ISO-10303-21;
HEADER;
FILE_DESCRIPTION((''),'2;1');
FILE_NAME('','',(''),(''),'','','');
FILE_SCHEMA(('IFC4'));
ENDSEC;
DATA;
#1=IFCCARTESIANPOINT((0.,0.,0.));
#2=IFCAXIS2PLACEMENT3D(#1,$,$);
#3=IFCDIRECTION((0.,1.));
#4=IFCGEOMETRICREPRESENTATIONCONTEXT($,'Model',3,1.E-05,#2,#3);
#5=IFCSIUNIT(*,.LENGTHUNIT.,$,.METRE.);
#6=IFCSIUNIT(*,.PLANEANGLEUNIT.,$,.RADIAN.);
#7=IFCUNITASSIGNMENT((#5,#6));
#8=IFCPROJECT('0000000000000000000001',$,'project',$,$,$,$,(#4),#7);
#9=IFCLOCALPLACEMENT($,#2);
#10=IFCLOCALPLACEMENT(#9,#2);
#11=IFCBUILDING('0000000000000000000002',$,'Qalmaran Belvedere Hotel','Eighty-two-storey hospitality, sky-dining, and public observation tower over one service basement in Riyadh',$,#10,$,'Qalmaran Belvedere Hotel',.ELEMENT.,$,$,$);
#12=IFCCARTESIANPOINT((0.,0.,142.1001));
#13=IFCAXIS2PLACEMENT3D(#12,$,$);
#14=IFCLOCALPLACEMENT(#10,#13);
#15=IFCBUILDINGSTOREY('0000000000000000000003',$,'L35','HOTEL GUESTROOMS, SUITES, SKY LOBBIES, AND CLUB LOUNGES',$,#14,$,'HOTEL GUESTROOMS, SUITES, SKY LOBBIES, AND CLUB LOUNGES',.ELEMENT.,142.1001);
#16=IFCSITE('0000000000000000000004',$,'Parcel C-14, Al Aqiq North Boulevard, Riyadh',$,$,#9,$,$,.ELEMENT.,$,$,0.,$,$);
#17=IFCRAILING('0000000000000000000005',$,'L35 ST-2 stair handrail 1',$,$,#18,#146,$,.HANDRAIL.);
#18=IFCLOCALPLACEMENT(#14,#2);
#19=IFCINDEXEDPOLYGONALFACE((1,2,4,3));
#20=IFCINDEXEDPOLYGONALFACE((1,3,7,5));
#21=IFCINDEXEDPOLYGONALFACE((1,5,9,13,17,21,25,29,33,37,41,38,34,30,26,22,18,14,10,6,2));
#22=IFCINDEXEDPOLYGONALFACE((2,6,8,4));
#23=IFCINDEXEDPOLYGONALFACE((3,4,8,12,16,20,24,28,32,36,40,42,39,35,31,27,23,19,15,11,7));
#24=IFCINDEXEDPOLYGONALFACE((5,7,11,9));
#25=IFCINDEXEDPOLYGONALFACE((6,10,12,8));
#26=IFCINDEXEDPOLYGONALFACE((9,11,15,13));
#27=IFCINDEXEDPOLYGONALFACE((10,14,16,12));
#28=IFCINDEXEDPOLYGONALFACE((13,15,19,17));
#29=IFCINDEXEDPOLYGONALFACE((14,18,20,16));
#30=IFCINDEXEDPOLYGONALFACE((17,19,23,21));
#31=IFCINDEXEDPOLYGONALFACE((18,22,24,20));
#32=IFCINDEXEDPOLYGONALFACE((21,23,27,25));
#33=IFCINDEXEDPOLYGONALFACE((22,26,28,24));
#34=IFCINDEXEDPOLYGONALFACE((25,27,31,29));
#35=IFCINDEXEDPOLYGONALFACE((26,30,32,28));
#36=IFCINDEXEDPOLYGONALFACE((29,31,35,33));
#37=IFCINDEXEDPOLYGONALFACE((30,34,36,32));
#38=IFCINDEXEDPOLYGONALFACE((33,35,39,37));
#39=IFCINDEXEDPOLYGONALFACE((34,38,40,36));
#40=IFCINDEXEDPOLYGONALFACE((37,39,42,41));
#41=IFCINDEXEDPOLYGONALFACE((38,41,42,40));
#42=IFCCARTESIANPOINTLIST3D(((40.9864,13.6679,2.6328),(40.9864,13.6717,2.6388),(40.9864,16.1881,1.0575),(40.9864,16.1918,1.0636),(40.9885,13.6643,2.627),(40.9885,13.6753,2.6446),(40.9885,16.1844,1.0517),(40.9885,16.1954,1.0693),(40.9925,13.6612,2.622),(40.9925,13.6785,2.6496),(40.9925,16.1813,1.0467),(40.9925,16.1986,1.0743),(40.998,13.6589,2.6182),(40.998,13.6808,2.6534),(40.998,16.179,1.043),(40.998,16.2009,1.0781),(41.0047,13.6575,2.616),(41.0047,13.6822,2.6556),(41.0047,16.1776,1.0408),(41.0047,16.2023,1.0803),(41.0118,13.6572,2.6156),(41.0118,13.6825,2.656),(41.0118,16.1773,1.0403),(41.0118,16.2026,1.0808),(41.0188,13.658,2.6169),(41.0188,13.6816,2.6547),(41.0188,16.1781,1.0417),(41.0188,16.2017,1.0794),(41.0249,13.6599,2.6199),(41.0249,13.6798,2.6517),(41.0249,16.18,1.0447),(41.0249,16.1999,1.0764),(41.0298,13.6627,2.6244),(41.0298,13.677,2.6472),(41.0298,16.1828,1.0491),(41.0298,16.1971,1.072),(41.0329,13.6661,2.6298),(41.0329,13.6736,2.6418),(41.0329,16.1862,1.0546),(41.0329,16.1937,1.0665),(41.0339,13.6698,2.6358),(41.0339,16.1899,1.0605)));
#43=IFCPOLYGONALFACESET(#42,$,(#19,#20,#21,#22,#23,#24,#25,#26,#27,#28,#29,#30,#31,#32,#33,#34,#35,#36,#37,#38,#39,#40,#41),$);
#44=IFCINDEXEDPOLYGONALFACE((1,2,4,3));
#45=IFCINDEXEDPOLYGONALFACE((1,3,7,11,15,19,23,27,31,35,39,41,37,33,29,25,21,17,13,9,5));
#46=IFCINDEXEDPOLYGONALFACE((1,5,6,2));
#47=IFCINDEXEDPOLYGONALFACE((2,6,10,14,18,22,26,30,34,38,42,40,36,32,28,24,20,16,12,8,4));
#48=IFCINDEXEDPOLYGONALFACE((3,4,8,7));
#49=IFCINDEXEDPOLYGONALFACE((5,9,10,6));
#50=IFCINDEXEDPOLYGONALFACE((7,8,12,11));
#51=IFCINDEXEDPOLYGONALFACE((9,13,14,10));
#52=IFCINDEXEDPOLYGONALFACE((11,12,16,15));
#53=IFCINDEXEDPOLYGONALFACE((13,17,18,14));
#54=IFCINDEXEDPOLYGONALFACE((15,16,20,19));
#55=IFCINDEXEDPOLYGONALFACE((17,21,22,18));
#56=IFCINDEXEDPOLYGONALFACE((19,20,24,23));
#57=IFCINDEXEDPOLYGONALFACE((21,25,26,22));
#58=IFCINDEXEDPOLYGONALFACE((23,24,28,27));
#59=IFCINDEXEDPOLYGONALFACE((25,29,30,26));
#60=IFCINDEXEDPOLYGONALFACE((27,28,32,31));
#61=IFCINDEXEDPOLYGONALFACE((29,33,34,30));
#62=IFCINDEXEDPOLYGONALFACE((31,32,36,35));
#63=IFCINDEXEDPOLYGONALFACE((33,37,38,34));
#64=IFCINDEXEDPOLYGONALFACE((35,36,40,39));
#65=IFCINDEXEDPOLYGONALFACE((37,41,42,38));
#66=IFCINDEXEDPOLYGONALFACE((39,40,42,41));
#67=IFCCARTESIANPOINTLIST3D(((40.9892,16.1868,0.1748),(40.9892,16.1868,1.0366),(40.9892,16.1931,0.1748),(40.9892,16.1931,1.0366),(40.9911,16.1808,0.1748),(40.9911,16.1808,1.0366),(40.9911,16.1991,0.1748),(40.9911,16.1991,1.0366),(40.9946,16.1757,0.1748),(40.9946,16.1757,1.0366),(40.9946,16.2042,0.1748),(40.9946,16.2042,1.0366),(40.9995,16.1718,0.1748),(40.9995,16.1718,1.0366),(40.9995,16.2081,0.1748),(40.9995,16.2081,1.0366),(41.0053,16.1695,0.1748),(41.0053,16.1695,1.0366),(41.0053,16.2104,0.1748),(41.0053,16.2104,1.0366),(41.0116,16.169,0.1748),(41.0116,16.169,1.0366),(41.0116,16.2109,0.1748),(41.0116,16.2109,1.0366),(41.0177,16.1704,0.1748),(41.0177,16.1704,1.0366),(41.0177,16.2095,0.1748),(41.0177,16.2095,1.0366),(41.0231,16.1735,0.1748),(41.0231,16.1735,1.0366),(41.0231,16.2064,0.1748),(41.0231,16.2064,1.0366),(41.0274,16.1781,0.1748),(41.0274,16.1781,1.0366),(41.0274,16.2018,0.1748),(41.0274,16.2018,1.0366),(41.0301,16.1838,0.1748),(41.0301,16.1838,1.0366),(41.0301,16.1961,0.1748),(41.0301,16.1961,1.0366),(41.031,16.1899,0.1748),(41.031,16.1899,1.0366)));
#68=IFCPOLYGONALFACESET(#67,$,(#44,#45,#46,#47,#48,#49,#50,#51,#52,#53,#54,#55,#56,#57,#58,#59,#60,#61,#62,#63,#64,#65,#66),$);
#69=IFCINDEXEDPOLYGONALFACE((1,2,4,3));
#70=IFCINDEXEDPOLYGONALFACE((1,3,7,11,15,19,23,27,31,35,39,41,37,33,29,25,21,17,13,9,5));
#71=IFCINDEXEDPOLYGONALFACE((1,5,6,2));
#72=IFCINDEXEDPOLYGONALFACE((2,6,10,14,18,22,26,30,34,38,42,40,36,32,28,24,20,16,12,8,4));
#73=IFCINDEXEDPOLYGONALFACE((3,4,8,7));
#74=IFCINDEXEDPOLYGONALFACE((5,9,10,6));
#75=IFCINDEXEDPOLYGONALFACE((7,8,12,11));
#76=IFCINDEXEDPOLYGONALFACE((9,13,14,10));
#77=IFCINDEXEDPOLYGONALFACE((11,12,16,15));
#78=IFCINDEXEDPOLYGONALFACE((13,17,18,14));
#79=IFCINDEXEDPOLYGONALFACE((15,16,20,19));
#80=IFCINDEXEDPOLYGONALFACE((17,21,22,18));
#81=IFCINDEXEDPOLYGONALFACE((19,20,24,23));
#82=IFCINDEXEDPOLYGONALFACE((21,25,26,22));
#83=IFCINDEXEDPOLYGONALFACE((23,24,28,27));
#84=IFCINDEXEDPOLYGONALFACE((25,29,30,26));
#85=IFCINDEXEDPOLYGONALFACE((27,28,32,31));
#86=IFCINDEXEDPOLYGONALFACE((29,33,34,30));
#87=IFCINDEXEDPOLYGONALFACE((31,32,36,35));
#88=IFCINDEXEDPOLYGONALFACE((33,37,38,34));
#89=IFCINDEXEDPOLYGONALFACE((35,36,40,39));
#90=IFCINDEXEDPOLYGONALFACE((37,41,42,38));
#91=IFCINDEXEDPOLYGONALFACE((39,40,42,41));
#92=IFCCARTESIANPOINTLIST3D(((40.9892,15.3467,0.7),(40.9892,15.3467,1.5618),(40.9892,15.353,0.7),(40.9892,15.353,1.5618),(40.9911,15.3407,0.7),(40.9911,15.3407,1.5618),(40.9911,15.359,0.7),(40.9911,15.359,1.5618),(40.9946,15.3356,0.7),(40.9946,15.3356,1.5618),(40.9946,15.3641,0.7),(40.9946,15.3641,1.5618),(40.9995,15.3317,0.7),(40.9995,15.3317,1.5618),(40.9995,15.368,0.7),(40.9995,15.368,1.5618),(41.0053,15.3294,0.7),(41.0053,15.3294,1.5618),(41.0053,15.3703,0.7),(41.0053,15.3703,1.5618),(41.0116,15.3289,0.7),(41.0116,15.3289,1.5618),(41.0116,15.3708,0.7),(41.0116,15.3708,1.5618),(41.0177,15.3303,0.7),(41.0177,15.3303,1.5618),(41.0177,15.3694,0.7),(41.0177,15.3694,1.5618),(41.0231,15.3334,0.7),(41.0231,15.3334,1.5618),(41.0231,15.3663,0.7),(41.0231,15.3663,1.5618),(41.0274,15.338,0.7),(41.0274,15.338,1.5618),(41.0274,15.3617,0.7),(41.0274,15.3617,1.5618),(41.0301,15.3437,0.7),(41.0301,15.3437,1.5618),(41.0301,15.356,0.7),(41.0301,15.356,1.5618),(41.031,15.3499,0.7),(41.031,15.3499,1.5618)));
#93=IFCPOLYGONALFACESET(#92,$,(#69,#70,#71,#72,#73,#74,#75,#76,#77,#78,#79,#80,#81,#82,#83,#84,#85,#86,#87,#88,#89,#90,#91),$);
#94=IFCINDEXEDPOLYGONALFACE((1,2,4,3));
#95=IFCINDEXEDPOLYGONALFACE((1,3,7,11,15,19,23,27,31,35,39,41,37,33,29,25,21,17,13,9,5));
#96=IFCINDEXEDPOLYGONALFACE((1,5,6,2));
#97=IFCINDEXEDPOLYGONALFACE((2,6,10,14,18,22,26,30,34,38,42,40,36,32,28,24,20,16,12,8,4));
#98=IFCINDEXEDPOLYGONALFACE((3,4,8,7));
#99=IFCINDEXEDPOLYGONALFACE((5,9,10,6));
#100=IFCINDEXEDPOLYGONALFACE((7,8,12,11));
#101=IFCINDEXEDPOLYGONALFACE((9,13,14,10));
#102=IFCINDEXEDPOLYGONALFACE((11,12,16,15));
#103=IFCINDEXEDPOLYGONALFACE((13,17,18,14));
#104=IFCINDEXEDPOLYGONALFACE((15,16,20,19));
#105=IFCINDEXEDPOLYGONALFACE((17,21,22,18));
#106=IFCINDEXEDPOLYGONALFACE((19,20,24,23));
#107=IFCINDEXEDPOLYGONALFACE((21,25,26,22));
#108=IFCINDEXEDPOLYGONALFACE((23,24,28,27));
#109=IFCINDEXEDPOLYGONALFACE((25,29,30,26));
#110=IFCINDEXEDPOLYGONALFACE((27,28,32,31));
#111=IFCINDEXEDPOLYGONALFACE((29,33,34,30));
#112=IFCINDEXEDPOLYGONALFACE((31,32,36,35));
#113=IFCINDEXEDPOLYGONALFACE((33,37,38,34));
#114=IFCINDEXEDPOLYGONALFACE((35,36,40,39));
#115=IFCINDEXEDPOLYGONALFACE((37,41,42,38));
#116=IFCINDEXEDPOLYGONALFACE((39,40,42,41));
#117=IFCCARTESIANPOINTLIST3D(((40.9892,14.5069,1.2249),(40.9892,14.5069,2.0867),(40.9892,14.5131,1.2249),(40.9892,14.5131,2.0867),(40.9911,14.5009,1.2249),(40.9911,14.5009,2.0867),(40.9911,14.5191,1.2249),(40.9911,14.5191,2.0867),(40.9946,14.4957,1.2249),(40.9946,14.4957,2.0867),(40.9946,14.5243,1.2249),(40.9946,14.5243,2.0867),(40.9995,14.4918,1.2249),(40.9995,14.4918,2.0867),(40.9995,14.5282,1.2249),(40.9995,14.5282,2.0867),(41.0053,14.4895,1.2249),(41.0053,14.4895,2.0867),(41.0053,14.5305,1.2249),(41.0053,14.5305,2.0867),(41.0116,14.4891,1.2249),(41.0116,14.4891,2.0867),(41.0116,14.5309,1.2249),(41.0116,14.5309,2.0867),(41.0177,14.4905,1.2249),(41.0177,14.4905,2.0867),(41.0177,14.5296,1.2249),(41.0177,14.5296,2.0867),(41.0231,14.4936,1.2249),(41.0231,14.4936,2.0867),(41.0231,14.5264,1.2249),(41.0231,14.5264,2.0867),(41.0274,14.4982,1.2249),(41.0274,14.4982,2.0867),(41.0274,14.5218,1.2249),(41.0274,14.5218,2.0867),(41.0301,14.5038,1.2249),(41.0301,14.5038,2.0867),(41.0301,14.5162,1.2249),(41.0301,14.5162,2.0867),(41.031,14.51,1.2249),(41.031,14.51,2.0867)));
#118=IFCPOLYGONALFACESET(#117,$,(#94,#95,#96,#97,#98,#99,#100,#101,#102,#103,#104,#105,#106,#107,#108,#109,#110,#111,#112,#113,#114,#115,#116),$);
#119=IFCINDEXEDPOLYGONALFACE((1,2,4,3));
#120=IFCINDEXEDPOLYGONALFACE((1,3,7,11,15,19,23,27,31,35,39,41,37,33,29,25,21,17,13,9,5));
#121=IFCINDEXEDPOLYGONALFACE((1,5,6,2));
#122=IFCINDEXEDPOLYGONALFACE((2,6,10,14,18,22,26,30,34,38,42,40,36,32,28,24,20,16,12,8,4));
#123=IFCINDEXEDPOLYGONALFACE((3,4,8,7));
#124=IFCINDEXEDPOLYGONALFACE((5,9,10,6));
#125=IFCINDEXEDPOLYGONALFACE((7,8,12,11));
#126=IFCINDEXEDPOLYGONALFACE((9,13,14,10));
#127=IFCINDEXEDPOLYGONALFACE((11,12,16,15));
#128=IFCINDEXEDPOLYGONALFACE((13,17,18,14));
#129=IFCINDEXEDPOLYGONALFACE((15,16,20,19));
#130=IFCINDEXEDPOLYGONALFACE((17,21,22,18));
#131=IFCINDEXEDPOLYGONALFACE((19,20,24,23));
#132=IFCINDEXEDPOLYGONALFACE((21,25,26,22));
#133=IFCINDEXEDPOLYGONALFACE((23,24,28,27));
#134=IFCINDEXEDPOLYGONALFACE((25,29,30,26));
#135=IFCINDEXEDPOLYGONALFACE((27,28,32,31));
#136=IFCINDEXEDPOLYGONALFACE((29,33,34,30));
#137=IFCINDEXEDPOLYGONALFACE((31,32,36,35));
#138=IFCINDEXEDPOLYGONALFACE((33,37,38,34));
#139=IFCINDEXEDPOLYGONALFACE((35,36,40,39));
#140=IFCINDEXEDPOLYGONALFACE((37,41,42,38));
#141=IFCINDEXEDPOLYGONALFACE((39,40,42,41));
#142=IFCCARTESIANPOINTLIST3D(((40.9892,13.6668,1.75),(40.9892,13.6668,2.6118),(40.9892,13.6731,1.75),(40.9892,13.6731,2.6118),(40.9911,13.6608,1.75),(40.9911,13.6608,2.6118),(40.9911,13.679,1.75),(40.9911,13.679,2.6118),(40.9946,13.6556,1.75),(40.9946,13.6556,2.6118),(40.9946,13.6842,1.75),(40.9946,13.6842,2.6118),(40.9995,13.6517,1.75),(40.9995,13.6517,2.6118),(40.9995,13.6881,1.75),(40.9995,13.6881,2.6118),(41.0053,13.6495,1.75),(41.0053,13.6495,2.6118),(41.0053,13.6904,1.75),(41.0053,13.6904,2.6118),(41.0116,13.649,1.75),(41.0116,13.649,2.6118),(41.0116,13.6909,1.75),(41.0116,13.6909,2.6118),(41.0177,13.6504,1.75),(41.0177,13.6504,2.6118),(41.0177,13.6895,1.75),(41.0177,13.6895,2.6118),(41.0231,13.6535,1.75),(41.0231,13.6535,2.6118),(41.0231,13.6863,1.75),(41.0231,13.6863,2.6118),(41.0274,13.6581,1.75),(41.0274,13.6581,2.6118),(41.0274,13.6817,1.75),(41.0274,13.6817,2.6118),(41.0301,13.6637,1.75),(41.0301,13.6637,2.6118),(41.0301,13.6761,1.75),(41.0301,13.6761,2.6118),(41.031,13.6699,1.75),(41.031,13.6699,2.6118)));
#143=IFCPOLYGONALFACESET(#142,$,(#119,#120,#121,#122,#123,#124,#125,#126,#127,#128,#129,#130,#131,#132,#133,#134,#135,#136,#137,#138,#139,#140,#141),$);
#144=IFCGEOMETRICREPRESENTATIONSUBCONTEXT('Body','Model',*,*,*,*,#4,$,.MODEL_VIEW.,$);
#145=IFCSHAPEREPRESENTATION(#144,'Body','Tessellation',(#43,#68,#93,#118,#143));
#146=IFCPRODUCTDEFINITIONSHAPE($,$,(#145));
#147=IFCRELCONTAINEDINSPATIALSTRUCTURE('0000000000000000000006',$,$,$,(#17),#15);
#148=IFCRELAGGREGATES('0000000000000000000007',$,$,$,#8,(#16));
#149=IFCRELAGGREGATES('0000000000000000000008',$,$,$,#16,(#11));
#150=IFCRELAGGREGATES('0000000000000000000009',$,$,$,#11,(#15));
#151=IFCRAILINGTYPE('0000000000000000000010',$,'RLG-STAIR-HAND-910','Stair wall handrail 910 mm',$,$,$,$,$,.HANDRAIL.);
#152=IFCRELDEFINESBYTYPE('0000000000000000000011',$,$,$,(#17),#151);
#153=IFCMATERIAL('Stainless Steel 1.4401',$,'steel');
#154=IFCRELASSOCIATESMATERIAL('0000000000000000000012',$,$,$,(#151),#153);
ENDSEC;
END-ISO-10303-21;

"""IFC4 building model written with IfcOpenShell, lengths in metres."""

from ifc_helpers import new_model, si_unit, direction, frame, origin, origin_2d, place, context, subcontext, project, spatial, circle, extrude, material, type_object, element, save


model = new_model("IFC4")

# Units and contexts
model_context = context("Model", 3, precision=1e-05, world=origin(), true_north=direction((0.0, 1.0)))
body_context = subcontext(model_context, "Body", "Model", "MODEL_VIEW")
ifc_project = project(units=[si_unit("LENGTHUNIT", "METRE"), si_unit("PLANEANGLEUNIT", "RADIAN")], contexts=[model_context])

# Site, building, storey
site_placement = place(None, origin())
site = spatial("IfcSite", under=ifc_project, at=site_placement, Name="Parcel C-14, Al Aqiq North Boulevard, Riyadh", CompositionType="ELEMENT", RefElevation=0.0)
building_placement = place(site_placement, origin())
building = spatial("IfcBuilding", under=site, at=building_placement, Name="Qalmaran Belvedere Hotel", Description="Eighty-two-storey hospitality, sky-dining, and public observation tower over one service basement in Riyadh", LongName="Qalmaran Belvedere Hotel", CompositionType="ELEMENT")
storey_placement = place(building_placement, frame((0.0, 0.0, 142.1001)))
storey = spatial("IfcBuildingStorey", under=building, at=storey_placement, Name="L35", Description="HOTEL GUESTROOMS, SUITES, SKY LOBBIES, AND CLUB LOUNGES", LongName="HOTEL GUESTROOMS, SUITES, SKY LOBBIES, AND CLUB LOUNGES", CompositionType="ELEMENT", Elevation=142.1001)

# Shared definitions
ifc_material_1 = material(Name="Stainless Steel 1.4401", Category="steel")

# Railing
railing_type_1 = type_object("IfcRailingType", Name="RLG-STAIR-HAND-910", Description="Stair wall handrail 910 mm", PredefinedType="HANDRAIL", material=ifc_material_1)
railing_1_placement = place(storey_placement, frame((41.01, 16.1899, 0.1748)))
element("IfcRailing", 1, at=railing_1_placement, inside=storey, type_object=railing_type_1, Name="L35 ST-2 stair handrail 1", PredefinedType="HANDRAIL", context=body_context, shape_type="SweptSolid", body=[
    extrude(circle(Radius=0.0239, at=origin_2d()), frame((0.0, 0.0, 0.8857), z_axis=(0.0, -0.847971, 0.530043), x_axis=(1.0, 0.0, 0.0)), (0.0, 0.0, 1.0), 2.9719),
    extrude(circle(Radius=0.021, at=origin_2d()), origin(), (0.0, 0.0, 1.0), 0.8618),
    extrude(circle(Radius=0.021, at=origin_2d()), frame((0.0, -0.8401, 0.5251)), (0.0, 0.0, 1.0), 0.8618),
    extrude(circle(Radius=0.021, at=origin_2d()), frame((0.0, -1.6799, 1.05)), (0.0, 0.0, 1.0), 0.8618),
    extrude(circle(Radius=0.021, at=origin_2d()), frame((0.0, -2.52, 1.5752)), (0.0, 0.0, 1.0), 0.8618),
])

save(model, "model.ifc")
